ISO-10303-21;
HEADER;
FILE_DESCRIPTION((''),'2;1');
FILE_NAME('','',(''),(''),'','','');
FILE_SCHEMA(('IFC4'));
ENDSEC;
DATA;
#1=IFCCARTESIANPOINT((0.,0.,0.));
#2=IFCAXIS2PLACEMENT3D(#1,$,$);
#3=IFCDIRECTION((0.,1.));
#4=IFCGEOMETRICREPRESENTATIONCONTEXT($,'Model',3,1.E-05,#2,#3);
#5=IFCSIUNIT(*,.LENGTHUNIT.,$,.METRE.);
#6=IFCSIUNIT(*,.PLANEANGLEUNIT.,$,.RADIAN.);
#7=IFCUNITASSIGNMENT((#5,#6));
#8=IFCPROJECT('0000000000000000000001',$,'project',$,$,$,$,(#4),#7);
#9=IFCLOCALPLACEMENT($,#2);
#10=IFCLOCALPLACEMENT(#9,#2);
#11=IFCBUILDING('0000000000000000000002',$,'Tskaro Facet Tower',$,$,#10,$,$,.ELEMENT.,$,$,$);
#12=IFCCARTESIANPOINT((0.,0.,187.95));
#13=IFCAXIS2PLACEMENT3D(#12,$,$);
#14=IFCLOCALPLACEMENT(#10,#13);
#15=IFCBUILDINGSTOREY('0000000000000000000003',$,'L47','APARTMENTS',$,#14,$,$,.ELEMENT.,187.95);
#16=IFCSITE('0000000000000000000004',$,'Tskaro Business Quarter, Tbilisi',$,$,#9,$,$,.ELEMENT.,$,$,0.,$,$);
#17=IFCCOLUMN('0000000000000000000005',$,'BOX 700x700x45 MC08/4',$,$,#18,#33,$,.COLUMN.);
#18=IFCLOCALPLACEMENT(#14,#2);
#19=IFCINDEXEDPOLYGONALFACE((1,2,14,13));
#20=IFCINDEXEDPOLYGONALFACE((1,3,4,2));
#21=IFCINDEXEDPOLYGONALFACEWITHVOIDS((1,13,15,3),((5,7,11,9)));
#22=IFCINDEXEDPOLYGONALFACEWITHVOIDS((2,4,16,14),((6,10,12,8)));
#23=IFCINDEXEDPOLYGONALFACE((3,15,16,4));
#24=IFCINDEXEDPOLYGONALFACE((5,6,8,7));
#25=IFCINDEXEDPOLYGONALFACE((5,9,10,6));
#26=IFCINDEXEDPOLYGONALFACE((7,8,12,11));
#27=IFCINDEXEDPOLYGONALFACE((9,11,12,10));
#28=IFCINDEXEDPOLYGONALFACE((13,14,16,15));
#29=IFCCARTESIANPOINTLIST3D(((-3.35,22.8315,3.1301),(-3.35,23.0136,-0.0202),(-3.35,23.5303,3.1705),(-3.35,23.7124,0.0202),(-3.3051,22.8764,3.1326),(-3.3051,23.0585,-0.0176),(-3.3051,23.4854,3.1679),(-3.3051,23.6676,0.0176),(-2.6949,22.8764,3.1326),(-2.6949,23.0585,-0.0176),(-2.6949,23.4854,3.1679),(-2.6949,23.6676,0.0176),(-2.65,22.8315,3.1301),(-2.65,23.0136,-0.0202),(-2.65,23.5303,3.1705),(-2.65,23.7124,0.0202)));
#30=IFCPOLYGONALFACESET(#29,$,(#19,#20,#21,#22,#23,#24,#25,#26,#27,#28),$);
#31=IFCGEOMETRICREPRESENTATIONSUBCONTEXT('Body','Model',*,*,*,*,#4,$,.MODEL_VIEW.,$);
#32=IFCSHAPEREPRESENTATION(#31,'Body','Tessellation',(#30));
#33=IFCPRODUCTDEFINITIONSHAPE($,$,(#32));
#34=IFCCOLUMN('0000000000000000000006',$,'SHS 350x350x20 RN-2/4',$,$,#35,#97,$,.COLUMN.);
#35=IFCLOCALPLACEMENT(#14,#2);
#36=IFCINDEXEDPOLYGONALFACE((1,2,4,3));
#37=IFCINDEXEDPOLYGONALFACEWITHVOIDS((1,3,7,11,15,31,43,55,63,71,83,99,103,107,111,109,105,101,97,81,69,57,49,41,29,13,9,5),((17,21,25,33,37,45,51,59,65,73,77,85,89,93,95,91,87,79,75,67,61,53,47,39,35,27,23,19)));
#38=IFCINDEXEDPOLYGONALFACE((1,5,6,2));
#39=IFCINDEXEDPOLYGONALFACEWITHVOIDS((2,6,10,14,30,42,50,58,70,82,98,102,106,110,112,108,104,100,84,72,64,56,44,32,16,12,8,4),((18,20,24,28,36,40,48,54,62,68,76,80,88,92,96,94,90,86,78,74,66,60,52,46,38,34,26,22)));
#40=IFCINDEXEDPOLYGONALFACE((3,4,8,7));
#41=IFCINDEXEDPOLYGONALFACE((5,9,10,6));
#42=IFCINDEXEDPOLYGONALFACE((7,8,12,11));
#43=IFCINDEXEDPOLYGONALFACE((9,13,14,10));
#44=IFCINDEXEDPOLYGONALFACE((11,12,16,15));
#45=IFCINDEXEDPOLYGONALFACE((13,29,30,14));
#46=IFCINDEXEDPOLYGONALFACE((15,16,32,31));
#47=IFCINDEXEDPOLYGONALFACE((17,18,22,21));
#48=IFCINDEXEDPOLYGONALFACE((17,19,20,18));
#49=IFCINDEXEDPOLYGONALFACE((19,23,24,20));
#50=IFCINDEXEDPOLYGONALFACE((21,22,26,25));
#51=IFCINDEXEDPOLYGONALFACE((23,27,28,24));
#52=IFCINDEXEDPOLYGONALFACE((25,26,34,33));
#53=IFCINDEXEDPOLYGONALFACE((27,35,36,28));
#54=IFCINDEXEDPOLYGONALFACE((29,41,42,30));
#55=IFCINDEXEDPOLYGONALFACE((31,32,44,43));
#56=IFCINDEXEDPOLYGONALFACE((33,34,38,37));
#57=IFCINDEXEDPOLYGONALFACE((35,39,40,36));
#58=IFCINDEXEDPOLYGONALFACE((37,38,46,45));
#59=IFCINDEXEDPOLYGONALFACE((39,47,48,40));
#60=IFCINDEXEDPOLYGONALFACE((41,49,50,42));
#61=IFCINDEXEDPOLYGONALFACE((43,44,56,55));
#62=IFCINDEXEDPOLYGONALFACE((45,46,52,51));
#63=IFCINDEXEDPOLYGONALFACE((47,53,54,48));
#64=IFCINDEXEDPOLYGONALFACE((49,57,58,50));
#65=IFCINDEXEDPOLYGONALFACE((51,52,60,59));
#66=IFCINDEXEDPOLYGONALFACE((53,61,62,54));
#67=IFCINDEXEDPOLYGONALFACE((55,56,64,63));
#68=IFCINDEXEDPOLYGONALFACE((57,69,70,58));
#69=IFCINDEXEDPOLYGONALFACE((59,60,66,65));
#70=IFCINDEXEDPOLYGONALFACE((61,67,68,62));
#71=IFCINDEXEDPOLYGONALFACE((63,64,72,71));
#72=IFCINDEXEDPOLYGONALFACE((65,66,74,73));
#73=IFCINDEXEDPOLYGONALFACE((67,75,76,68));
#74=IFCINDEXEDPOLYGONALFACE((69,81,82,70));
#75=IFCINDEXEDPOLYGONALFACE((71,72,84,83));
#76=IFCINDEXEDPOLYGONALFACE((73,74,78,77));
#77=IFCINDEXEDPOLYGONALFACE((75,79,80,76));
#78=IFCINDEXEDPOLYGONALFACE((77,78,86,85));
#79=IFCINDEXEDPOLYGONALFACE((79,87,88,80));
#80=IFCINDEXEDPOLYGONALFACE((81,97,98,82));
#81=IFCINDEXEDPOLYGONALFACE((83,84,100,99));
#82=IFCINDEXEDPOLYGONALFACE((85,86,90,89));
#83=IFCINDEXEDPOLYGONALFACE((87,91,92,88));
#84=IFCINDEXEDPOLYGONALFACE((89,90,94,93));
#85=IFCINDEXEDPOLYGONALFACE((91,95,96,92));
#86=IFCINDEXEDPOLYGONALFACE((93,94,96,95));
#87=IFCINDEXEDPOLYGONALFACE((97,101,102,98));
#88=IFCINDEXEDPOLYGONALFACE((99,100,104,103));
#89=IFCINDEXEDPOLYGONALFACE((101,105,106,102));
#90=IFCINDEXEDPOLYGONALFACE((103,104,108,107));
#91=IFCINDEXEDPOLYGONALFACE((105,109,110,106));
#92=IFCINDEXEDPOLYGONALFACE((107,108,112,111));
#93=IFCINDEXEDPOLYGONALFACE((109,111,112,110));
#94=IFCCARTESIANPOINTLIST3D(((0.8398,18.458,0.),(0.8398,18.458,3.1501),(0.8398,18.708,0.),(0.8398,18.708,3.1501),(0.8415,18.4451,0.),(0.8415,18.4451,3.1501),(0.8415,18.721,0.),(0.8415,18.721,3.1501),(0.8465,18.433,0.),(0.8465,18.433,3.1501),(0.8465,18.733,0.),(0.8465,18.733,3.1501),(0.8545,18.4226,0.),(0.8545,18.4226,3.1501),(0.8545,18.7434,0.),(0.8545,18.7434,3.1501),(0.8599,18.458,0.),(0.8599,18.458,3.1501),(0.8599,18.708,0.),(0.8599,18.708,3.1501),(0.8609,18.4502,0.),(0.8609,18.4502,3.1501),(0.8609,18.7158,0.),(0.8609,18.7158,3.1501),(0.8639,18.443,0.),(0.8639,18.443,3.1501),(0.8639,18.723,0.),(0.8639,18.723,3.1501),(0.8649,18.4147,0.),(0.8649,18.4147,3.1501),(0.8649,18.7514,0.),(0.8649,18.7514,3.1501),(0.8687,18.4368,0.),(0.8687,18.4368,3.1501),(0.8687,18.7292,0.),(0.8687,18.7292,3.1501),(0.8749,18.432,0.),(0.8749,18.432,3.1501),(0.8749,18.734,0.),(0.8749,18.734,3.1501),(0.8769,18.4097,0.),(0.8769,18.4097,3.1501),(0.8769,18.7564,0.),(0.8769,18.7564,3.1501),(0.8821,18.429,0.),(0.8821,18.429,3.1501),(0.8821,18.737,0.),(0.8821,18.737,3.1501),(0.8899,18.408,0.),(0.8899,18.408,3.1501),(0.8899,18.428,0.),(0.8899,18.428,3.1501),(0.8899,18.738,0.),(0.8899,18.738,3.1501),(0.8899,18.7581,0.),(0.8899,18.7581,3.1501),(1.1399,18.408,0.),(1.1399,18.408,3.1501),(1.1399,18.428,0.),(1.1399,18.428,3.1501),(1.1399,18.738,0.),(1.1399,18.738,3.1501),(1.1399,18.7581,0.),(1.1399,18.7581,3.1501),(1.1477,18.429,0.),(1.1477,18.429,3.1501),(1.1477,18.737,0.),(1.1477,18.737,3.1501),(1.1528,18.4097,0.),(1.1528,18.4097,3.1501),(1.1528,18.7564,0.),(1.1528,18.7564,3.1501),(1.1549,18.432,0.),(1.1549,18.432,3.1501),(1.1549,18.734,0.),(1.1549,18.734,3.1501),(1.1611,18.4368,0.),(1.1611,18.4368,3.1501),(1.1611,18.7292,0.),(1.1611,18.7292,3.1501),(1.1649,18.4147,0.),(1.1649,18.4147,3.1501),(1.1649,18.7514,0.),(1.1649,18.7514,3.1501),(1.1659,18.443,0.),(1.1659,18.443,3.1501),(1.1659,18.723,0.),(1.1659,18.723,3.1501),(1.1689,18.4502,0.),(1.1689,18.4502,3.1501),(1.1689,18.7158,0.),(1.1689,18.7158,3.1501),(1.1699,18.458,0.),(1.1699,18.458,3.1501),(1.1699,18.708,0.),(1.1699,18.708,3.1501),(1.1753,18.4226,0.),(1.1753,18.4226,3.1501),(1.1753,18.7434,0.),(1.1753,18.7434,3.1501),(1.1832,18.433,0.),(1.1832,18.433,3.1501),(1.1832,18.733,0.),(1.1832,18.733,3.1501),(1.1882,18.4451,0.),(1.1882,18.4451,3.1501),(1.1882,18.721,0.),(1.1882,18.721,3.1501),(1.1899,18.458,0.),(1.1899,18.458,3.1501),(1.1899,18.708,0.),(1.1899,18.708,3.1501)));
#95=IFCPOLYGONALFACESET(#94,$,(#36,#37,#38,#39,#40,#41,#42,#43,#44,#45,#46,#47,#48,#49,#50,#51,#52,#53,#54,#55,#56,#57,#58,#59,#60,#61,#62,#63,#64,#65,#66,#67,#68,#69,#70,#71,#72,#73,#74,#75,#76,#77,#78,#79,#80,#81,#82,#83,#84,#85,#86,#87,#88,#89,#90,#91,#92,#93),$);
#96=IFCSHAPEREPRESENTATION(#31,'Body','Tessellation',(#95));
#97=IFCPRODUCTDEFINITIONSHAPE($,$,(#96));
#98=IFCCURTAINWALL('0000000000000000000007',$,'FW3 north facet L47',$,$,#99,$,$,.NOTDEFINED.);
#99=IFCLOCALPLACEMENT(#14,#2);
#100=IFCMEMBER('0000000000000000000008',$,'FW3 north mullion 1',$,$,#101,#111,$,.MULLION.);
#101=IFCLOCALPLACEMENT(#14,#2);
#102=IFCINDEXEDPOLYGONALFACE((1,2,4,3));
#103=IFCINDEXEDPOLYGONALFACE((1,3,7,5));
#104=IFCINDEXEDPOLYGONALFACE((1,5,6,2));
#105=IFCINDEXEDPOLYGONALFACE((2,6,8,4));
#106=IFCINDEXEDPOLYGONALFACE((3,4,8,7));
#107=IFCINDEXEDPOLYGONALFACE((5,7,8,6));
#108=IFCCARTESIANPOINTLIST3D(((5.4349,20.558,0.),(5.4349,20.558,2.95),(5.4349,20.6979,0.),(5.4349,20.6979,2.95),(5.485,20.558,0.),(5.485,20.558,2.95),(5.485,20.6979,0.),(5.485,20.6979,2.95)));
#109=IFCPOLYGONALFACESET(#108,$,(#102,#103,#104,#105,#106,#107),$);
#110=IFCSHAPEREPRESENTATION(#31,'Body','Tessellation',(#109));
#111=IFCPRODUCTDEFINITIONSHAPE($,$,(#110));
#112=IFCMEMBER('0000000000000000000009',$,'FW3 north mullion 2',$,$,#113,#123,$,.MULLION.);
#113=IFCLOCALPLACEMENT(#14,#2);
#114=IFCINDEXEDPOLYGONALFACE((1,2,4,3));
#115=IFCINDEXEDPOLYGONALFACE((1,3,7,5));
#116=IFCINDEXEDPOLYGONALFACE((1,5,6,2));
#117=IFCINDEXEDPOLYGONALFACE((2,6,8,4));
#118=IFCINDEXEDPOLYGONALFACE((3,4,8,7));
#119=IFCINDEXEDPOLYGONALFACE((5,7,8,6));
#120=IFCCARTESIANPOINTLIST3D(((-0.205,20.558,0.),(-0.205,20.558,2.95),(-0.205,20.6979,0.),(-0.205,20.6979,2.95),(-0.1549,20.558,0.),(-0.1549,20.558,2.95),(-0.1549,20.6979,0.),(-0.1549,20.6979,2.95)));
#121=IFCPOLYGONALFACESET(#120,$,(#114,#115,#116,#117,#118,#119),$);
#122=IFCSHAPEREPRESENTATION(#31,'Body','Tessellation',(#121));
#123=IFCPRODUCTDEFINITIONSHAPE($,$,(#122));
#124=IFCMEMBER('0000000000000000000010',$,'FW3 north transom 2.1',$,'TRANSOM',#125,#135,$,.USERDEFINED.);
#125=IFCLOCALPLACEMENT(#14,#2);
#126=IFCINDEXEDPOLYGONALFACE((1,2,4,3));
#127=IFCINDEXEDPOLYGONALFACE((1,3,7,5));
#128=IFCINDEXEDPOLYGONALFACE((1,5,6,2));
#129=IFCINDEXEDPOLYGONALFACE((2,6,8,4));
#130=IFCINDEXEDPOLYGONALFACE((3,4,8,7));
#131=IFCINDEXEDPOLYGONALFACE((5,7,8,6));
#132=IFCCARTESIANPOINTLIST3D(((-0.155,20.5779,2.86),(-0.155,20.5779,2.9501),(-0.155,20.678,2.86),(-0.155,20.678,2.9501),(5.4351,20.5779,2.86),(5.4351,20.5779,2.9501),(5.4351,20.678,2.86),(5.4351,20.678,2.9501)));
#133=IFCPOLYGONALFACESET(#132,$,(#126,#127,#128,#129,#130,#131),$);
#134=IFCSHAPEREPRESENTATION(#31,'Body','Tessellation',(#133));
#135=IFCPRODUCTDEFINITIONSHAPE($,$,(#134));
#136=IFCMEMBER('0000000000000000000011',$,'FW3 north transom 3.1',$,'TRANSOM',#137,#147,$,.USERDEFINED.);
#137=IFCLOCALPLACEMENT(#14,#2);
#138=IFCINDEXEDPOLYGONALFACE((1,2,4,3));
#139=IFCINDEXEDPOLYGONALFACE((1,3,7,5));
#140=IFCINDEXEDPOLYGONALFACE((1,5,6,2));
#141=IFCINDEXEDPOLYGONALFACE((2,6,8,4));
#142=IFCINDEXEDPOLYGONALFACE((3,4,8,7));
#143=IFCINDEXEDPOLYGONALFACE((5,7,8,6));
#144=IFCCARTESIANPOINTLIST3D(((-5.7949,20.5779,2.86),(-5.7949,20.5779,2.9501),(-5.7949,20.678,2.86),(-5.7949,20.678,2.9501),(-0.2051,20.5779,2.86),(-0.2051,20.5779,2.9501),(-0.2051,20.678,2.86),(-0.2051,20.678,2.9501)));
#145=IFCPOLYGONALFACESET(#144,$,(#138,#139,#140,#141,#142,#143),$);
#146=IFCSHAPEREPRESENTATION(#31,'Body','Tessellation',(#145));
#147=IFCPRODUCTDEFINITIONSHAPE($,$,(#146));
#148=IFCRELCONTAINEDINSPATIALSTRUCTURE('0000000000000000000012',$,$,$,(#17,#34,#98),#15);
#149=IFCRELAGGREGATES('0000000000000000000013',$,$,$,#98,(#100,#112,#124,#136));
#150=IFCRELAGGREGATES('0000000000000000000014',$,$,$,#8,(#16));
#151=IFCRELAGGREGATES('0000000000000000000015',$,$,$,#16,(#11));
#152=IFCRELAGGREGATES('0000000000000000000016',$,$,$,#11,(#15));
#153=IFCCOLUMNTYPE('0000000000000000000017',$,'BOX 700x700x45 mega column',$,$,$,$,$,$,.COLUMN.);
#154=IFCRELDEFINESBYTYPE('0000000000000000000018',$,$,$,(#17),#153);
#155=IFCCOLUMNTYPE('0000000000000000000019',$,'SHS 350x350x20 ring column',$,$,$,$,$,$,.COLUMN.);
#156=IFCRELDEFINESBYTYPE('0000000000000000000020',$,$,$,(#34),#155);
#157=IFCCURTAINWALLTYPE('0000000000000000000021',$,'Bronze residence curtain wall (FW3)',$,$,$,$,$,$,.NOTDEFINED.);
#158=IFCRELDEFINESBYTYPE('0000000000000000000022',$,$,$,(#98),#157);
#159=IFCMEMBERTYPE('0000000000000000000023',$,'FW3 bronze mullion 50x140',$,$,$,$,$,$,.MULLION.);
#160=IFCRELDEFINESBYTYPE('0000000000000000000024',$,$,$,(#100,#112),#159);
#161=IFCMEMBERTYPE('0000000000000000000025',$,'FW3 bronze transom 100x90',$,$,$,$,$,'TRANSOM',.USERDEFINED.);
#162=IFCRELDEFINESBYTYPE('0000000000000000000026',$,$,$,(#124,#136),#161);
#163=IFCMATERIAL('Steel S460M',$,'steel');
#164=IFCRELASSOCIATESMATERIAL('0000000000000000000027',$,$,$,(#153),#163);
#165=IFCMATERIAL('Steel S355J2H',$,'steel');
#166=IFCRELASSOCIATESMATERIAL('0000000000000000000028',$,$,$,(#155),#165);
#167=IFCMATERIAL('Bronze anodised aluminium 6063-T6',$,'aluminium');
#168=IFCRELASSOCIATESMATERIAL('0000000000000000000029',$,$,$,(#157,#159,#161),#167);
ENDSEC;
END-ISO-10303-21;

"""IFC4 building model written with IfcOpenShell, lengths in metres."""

from ifc_helpers import new_model, si_unit, direction, frame, origin, origin_2d, place, context, subcontext, project, spatial, rectangle, hollow_rectangle, extrude, material, material_profile, profile_set, type_object, element, aggregate, save


model = new_model("IFC4")

# Units and contexts
model_context = context("Model", 3, precision=1e-05, world=origin(), true_north=direction((0.0, 1.0)))
body_context = subcontext(model_context, "Body", "Model", "MODEL_VIEW")
ifc_project = project(units=[si_unit("LENGTHUNIT", "METRE"), si_unit("PLANEANGLEUNIT", "RADIAN")], contexts=[model_context])

# Site, building, storey
site_placement = place(None, origin())
site = spatial("IfcSite", under=ifc_project, at=site_placement, Name="Tskaro Business Quarter, Tbilisi", CompositionType="ELEMENT", RefElevation=0.0)
building_placement = place(site_placement, origin())
building = spatial("IfcBuilding", under=site, at=building_placement, Name="Tskaro Facet Tower", CompositionType="ELEMENT")
storey_placement = place(building_placement, frame((0.0, 0.0, 187.95)))
storey = spatial("IfcBuildingStorey", under=building, at=storey_placement, Name="L47", Description="APARTMENTS", CompositionType="ELEMENT", Elevation=187.95)

# Columns
ifc_material_1 = material(Name="Steel S460M", Category="steel")
ifc_material_profile_1 = material_profile(ifc_material_1, hollow_rectangle(XDim=0.7, YDim=0.7, WallThickness=0.0449, at=origin_2d()), Name="BOX 700x700x45")
ifc_profile_set_1 = profile_set([ifc_material_profile_1], Name="Steel S460M")
column_type_1 = type_object("IfcColumnType", Name="BOX 700x700x45 mega column", PredefinedType="COLUMN", material=ifc_profile_set_1)
column_1_placement = place(storey_placement, frame((-3.0, 23.363, 0.0), z_axis=(0.0, -0.05772, 0.998333), x_axis=(1.0, 0.0, 0.0)))
element("IfcColumn", 1, at=column_1_placement, inside=storey, type_object=column_type_1, Name="BOX 700x700x45 MC08/4", PredefinedType="COLUMN", context=body_context, shape_type="SweptSolid", body=[
    extrude(hollow_rectangle(XDim=0.7, YDim=0.7, WallThickness=0.0449, at=origin_2d()), origin(), (0.0, 0.0, 1.0), 3.1555),
])
ifc_material_2 = material(Name="Steel S355J2H", Category="steel")
ifc_material_profile_2 = material_profile(ifc_material_2, hollow_rectangle(XDim=0.3501, YDim=0.3501, WallThickness=0.02, InnerFilletRadius=0.03, OuterFilletRadius=0.05, at=origin_2d()), Name="SHS 350x350x20")
ifc_profile_set_2 = profile_set([ifc_material_profile_2], Name="Steel S355J2H")
column_type_2 = type_object("IfcColumnType", Name="SHS 350x350x20 ring column", PredefinedType="COLUMN", material=ifc_profile_set_2)
column_2_placement = place(storey_placement, frame((1.0149, 18.583, 0.0), z_axis=(0.0, 0.0, 1.0), x_axis=(1.0, 0.0, 0.0)))
element("IfcColumn", 2, at=column_2_placement, inside=storey, type_object=column_type_2, Name="SHS 350x350x20 RN-2/4", PredefinedType="COLUMN", context=body_context, shape_type="SweptSolid", body=[
    extrude(hollow_rectangle(XDim=0.3501, YDim=0.3501, WallThickness=0.02, InnerFilletRadius=0.03, OuterFilletRadius=0.05, at=origin_2d()), origin(), (0.0, 0.0, 1.0), 3.1501),
])

# Curtain wall, members
ifc_material_3 = material(Name="Bronze anodised aluminium 6063-T6", Category="aluminium")
curtain_wall_type = type_object("IfcCurtainWallType", Name="Bronze residence curtain wall (FW3)", PredefinedType="NOTDEFINED", material=ifc_material_3)
curtain_wall_placement = place(storey_placement, origin())
curtain_wall = element("IfcCurtainWall", 3, at=curtain_wall_placement, inside=storey, type_object=curtain_wall_type, Name="FW3 north facet L47", PredefinedType="NOTDEFINED")
ifc_material_profile_3 = material_profile(ifc_material_3, rectangle(XDim=0.05, YDim=0.1399, at=origin_2d()), Name="Mullion 50x140")
ifc_profile_set_3 = profile_set([ifc_material_profile_3], Name="Bronze anodised aluminium 6063-T6")
member_type_1 = type_object("IfcMemberType", Name="FW3 bronze mullion 50x140", PredefinedType="MULLION", material=ifc_profile_set_3)
member_1_placement = place(storey_placement, frame((5.46, 20.6279, 0.0), z_axis=(0.0, 0.0, 1.0), x_axis=(-1.0, 0.0, 0.0)))
member_1 = element("IfcMember", 4, at=member_1_placement, type_object=member_type_1, Name="FW3 north mullion 1", PredefinedType="MULLION", context=body_context, shape_type="SweptSolid", body=[
    extrude(rectangle(XDim=0.05, YDim=0.1399, at=origin_2d()), origin(), (0.0, 0.0, 1.0), 2.95),
])
member_2_placement = place(storey_placement, frame((-0.1799, 20.6279, 0.0), z_axis=(0.0, 0.0, 1.0), x_axis=(-1.0, 0.0, 0.0)))
member_2 = element("IfcMember", 5, at=member_2_placement, type_object=member_type_1, Name="FW3 north mullion 2", PredefinedType="MULLION", context=body_context, shape_type="SweptSolid", body=[
    extrude(rectangle(XDim=0.05, YDim=0.1399, at=origin_2d()), origin(), (0.0, 0.0, 1.0), 2.95),
])
ifc_material_profile_4 = material_profile(ifc_material_3, rectangle(XDim=0.1001, YDim=0.0901, at=origin_2d()), Name="Transom 100x90")
ifc_profile_set_4 = profile_set([ifc_material_profile_4], Name="Bronze anodised aluminium 6063-T6")
member_type_2 = type_object("IfcMemberType", Name="FW3 bronze transom 100x90", ElementType="TRANSOM", PredefinedType="USERDEFINED", material=ifc_profile_set_4)
member_3_placement = place(storey_placement, frame((5.4351, 20.6279, 2.905), z_axis=(-1.0, 0.0, 0.0), x_axis=(0.0, -1.0, 0.0)))
member_3 = element("IfcMember", 6, at=member_3_placement, type_object=member_type_2, Name="FW3 north transom 2.1", ObjectType="TRANSOM", PredefinedType="USERDEFINED", context=body_context, shape_type="SweptSolid", body=[
    extrude(rectangle(XDim=0.1001, YDim=0.0901, at=origin_2d()), origin(), (0.0, 0.0, 1.0), 5.5901),
])
member_4_placement = place(storey_placement, frame((-0.2051, 20.6279, 2.905), z_axis=(-1.0, 0.0, 0.0), x_axis=(0.0, -1.0, 0.0)))
member_4 = element("IfcMember", 7, at=member_4_placement, type_object=member_type_2, Name="FW3 north transom 3.1", ObjectType="TRANSOM", PredefinedType="USERDEFINED", context=body_context, shape_type="SweptSolid", body=[
    extrude(rectangle(XDim=0.1001, YDim=0.0901, at=origin_2d()), origin(), (0.0, 0.0, 1.0), 5.5898),
])

aggregate(curtain_wall, [member_1, member_2, member_3, member_4])

save(model, "model.ifc")
